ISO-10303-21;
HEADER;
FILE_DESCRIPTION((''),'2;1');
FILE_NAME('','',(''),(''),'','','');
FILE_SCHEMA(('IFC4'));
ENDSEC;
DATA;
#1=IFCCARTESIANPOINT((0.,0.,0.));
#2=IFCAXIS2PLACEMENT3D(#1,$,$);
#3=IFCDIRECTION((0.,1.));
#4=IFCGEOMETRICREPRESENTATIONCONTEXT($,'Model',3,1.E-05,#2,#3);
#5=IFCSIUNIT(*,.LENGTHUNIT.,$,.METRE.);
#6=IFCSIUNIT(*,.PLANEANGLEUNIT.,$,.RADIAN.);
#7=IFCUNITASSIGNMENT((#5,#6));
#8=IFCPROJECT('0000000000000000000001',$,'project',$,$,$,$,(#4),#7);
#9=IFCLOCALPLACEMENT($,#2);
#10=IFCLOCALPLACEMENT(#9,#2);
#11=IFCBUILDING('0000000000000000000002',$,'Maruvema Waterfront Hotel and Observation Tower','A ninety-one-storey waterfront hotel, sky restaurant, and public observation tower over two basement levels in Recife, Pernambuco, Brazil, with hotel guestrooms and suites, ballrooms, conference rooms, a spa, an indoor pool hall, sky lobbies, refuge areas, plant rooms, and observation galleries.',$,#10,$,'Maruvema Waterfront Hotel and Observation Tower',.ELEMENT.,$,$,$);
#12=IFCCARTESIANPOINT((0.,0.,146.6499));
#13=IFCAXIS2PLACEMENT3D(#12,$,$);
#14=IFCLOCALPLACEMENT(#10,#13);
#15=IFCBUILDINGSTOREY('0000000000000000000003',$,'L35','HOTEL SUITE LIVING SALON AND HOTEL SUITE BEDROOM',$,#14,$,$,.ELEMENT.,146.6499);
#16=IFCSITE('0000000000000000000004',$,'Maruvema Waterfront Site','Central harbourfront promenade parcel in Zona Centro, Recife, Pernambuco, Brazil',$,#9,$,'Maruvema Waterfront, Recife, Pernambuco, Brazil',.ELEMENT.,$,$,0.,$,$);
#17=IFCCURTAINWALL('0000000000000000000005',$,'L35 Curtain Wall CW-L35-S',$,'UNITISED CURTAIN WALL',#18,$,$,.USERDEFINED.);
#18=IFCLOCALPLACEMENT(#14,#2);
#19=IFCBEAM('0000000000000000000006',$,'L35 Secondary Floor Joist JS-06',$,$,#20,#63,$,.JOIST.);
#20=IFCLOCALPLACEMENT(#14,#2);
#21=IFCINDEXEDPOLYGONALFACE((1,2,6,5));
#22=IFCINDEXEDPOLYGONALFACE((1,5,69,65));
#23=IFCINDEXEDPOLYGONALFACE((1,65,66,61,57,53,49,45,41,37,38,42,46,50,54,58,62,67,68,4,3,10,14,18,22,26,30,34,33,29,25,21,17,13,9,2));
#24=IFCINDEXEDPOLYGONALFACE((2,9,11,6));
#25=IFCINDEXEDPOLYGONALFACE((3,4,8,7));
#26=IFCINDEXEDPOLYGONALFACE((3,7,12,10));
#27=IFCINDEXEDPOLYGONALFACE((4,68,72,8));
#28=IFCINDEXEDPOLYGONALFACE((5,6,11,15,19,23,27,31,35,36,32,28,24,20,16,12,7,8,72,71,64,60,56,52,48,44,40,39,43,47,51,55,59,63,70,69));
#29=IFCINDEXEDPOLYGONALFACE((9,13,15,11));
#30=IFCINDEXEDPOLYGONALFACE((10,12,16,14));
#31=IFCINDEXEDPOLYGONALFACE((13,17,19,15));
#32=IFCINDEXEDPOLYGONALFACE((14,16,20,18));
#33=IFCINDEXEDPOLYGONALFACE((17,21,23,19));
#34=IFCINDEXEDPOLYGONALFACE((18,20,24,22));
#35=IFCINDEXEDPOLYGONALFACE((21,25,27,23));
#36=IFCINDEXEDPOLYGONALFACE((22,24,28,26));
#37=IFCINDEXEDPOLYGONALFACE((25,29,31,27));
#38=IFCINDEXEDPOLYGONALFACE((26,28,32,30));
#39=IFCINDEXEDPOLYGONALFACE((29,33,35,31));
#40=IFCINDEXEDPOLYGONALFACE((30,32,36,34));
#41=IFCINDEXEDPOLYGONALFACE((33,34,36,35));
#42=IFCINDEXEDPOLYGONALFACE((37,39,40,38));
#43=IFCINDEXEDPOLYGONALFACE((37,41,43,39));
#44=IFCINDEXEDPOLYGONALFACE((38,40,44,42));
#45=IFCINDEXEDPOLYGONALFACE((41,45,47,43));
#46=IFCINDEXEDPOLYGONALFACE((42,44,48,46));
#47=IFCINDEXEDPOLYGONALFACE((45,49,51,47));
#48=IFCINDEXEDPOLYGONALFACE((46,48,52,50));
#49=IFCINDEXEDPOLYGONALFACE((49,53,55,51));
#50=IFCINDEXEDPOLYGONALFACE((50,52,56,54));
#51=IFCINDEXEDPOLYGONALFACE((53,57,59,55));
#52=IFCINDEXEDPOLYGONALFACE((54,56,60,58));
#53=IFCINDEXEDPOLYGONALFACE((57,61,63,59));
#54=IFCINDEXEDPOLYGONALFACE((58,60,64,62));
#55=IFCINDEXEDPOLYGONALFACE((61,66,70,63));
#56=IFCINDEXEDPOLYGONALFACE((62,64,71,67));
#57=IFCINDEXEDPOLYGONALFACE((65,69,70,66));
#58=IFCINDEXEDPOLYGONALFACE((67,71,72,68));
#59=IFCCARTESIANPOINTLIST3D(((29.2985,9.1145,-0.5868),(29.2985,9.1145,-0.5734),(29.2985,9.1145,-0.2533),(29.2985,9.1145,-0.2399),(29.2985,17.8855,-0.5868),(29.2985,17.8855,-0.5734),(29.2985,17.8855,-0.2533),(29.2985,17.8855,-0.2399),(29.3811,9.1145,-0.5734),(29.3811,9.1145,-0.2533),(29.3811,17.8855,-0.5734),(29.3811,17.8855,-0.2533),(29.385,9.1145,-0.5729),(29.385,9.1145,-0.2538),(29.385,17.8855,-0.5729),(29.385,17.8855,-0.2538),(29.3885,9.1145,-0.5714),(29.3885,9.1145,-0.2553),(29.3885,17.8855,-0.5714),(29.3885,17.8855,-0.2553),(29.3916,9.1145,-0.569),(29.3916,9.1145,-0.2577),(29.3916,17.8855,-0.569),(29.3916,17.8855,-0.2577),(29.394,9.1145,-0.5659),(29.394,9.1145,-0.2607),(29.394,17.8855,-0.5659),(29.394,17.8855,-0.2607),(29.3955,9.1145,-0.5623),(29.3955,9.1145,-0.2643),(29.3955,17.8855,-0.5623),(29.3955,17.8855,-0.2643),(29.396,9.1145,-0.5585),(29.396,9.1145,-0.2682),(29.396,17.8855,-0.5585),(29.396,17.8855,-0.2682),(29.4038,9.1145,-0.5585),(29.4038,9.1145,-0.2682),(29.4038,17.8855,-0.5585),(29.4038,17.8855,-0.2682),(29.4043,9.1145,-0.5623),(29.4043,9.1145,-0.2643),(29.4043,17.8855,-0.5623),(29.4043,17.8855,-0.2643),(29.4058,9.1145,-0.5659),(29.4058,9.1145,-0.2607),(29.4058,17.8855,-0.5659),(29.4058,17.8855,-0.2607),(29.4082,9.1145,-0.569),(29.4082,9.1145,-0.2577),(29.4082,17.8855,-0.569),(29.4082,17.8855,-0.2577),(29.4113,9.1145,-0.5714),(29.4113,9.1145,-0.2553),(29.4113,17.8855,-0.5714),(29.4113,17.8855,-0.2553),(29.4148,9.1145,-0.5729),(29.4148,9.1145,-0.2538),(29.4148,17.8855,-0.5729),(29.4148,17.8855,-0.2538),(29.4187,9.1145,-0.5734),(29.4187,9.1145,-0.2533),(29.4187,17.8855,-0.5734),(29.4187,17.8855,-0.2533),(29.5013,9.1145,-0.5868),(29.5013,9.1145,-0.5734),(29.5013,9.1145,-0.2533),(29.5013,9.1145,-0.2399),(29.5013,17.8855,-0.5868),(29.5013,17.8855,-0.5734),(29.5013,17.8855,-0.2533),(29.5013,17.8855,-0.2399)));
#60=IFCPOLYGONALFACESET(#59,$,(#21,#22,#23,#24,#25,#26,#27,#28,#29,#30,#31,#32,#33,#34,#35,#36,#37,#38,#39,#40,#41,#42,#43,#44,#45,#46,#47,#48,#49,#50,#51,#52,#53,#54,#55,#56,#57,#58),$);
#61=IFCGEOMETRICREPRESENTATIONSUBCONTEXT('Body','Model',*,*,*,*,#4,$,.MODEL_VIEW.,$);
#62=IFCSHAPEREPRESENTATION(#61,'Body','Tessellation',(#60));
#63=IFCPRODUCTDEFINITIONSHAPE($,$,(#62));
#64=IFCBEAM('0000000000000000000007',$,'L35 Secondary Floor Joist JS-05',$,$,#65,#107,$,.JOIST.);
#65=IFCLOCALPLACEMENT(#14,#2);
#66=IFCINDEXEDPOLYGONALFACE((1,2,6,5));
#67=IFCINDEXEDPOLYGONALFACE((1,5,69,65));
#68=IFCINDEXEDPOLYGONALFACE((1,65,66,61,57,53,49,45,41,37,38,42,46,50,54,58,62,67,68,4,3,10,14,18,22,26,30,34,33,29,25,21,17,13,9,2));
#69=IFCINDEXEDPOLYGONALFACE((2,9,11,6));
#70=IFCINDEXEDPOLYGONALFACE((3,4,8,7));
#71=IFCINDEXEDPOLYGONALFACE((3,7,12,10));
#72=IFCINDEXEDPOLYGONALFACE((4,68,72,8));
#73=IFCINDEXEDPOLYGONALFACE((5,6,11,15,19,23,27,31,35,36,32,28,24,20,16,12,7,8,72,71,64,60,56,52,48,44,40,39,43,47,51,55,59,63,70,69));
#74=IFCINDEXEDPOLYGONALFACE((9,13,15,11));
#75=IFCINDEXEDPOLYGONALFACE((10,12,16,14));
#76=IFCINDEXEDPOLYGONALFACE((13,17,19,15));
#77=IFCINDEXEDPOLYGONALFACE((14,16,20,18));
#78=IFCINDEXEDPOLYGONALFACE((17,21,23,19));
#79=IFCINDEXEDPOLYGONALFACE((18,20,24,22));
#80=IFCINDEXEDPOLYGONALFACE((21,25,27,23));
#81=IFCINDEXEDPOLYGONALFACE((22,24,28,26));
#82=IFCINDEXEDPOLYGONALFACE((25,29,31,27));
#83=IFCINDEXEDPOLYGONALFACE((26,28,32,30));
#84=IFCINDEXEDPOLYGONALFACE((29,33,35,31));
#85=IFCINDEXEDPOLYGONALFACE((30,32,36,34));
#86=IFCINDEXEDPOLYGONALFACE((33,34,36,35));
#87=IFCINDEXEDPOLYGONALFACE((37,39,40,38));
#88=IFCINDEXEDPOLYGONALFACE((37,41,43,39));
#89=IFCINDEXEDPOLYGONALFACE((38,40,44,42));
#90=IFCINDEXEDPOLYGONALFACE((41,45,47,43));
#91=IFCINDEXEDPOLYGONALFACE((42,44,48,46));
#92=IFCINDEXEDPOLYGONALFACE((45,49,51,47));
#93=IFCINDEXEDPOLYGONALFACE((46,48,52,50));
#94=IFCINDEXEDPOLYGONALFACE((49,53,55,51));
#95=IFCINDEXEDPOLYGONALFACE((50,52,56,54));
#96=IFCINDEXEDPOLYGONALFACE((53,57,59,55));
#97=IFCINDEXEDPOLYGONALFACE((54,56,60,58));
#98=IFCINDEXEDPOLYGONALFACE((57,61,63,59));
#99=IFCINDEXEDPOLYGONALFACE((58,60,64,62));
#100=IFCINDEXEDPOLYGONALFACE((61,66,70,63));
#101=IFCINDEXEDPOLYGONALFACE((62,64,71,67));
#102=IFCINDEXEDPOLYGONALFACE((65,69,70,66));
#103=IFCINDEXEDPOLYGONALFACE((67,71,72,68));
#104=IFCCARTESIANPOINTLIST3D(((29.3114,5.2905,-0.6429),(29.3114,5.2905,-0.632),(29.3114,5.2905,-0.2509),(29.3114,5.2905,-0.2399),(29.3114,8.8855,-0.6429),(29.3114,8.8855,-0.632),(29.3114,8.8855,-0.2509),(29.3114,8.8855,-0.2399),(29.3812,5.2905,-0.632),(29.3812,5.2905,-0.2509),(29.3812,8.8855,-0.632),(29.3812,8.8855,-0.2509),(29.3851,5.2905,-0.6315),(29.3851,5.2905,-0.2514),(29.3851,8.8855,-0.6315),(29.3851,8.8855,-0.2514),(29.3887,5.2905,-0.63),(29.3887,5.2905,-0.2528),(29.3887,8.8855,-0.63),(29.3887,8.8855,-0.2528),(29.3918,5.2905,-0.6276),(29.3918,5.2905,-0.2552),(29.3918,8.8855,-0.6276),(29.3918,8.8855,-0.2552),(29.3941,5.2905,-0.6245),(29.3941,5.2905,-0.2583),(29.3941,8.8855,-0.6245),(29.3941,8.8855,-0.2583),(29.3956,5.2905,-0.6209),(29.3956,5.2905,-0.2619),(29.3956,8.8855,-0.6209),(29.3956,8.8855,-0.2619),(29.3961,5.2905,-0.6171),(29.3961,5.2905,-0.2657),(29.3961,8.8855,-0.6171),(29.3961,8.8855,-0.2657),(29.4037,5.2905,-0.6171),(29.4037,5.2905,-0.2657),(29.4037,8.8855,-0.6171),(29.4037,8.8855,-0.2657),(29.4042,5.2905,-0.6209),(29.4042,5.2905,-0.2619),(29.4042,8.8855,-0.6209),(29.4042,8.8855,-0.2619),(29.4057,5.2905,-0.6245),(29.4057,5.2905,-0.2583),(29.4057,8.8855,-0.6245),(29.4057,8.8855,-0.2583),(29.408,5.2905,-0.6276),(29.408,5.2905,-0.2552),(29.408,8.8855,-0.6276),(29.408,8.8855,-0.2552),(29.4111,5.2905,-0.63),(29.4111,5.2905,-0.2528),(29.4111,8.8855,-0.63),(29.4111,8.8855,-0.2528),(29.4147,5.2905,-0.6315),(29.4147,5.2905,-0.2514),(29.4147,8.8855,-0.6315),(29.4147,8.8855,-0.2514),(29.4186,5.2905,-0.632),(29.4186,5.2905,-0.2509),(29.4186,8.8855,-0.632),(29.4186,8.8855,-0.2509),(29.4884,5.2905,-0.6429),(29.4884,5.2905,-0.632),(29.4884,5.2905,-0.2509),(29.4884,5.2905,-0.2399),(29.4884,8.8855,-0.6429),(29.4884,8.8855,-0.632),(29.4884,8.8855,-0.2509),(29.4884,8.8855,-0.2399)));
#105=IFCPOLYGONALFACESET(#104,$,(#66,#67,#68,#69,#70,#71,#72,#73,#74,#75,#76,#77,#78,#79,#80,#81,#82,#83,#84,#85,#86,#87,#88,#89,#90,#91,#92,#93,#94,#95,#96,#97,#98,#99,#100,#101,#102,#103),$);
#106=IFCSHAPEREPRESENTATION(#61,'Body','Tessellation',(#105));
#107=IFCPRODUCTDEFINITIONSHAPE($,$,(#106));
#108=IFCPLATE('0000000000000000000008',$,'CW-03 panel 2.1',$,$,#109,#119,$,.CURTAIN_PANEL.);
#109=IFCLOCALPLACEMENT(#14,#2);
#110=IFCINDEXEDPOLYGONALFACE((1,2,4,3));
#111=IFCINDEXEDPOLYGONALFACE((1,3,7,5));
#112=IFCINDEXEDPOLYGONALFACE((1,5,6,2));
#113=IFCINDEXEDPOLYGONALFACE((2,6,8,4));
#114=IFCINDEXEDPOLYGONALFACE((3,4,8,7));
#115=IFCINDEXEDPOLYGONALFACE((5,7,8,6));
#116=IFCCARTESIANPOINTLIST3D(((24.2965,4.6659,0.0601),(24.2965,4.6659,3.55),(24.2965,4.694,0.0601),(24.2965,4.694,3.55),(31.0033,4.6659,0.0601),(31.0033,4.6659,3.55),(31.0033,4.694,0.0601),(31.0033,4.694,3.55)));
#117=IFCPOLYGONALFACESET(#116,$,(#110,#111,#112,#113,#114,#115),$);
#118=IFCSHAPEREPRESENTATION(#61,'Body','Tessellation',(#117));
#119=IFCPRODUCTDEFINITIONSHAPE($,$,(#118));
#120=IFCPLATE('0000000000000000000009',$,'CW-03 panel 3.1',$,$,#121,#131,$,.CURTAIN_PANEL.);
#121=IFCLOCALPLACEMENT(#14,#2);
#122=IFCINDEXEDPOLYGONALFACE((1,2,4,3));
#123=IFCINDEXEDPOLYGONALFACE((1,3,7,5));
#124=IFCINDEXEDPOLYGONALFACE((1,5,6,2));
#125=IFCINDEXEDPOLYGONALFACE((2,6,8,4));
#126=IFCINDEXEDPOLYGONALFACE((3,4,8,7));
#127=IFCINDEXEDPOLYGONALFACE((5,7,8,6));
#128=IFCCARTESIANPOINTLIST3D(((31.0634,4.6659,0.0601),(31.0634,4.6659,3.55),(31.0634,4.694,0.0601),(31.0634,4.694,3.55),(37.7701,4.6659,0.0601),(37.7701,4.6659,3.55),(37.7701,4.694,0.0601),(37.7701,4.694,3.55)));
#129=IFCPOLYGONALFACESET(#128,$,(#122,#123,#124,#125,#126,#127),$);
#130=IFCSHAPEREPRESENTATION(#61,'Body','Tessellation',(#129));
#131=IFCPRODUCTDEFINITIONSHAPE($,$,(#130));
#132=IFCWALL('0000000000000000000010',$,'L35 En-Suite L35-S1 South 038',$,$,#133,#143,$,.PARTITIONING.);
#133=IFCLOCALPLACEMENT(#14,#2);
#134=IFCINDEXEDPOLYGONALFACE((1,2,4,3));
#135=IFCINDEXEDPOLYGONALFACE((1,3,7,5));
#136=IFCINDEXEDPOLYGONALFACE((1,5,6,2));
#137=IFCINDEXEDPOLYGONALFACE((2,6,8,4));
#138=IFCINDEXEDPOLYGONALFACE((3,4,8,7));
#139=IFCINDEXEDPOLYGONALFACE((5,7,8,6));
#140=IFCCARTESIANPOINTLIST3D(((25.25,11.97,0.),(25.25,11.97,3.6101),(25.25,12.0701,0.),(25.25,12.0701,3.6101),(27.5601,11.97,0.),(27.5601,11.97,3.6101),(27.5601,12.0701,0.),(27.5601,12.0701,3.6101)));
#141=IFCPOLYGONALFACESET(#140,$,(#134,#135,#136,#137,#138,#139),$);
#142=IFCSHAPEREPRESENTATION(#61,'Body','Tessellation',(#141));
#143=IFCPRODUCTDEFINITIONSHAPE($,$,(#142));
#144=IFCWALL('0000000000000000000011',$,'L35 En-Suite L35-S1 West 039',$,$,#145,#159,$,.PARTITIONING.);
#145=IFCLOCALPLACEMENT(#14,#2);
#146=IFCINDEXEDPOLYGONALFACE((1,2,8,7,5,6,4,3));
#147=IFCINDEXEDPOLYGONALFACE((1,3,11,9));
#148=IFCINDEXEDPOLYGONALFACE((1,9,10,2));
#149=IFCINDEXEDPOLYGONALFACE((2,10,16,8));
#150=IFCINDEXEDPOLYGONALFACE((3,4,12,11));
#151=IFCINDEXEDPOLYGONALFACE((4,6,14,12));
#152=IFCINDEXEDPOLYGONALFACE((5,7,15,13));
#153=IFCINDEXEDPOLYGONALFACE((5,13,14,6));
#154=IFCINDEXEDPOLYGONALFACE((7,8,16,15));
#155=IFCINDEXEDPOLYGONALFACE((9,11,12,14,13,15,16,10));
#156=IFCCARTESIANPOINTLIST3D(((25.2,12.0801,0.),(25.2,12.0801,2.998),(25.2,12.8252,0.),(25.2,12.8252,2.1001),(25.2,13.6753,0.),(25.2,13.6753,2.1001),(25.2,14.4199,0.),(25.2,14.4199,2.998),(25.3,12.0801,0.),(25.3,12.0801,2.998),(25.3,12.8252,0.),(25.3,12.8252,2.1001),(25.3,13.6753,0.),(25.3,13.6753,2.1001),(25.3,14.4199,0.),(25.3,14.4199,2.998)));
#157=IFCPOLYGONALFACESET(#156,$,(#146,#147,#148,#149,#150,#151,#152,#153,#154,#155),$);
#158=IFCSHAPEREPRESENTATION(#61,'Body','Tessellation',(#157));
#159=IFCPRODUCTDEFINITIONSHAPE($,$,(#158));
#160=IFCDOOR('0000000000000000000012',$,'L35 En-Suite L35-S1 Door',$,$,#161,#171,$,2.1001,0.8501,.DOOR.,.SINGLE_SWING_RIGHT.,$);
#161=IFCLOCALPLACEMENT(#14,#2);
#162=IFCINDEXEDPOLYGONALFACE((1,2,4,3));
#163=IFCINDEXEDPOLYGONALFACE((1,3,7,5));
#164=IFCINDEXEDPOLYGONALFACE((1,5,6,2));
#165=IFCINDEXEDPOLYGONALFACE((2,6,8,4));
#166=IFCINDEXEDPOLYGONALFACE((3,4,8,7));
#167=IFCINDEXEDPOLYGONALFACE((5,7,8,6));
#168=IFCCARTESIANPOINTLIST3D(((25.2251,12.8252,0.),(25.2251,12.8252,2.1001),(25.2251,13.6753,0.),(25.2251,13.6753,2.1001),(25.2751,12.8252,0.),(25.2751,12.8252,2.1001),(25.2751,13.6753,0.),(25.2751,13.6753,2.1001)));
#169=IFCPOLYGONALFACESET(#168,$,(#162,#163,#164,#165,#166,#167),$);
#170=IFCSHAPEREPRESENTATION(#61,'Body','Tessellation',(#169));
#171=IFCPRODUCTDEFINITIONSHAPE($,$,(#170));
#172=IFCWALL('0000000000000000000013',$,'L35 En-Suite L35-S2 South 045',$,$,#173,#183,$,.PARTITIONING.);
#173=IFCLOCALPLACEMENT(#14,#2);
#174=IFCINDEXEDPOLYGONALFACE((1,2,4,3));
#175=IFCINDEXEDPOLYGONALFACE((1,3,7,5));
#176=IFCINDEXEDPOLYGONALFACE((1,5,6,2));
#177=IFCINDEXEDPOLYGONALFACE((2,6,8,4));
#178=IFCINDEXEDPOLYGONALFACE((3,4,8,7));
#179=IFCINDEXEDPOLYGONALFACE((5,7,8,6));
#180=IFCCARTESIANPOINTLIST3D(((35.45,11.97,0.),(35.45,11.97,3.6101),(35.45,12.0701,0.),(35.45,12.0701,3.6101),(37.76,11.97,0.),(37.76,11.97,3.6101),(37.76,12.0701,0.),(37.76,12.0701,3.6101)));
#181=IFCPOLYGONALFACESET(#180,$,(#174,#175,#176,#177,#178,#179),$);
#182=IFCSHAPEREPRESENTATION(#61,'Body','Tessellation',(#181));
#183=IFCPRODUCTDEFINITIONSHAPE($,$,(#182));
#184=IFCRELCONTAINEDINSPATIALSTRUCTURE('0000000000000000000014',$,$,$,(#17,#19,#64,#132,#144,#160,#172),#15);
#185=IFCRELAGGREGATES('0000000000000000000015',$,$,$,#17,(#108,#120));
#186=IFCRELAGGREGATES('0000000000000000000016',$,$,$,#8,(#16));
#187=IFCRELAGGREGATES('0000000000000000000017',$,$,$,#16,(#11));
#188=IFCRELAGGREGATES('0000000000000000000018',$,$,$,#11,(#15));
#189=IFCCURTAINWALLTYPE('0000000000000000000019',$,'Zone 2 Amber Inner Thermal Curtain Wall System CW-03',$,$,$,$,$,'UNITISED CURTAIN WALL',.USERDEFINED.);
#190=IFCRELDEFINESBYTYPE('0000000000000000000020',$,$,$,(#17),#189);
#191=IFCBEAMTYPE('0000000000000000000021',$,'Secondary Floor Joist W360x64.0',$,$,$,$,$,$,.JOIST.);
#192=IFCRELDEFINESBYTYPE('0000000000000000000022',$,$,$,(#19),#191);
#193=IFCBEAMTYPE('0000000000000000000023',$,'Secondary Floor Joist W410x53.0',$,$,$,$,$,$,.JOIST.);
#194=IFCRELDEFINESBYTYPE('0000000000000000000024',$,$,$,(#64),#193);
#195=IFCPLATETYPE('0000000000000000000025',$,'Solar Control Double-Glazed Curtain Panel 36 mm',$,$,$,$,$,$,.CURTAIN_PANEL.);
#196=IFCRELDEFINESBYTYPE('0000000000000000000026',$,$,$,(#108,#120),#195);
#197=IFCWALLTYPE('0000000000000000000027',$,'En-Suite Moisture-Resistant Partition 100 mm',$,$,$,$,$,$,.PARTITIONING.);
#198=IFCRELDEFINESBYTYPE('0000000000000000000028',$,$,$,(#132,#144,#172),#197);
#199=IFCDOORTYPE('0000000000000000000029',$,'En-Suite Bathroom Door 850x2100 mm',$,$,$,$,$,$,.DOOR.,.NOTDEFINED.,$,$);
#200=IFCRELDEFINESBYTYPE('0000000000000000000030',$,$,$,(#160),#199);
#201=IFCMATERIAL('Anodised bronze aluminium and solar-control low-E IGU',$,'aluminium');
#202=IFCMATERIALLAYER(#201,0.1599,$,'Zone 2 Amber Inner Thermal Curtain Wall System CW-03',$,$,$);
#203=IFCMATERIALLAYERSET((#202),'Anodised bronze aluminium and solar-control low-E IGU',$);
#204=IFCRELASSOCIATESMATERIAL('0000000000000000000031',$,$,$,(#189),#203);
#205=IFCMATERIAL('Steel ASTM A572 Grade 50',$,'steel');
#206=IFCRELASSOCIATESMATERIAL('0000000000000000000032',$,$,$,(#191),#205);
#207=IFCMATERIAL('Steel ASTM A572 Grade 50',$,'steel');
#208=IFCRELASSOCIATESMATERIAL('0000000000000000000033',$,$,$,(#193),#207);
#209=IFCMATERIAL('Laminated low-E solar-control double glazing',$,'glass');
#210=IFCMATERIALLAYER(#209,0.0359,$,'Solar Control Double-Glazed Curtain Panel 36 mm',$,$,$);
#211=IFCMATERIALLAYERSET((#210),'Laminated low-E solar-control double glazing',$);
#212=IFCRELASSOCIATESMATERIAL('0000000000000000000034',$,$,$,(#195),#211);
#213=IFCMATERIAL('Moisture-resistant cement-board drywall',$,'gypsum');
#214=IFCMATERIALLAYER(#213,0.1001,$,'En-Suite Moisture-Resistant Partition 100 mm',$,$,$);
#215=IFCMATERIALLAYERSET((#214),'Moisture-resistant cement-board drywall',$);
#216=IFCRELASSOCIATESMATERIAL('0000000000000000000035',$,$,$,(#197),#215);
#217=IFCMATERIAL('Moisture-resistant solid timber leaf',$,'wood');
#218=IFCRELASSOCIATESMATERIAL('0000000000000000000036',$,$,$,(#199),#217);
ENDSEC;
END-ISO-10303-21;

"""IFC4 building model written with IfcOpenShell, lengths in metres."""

from ifc_helpers import new_model, si_unit, direction, frame, frame_2d, origin, origin_2d, place, context, subcontext, project, spatial, rectangle, i_section, extrude, material, layer, layer_set, material_profile, profile_set, type_object, element, fill, aggregate, save


model = new_model("IFC4")

# Units and contexts
model_context = context("Model", 3, precision=1e-05, world=origin(), true_north=direction((0.0, 1.0)))
body_context = subcontext(model_context, "Body", "Model", "MODEL_VIEW")
ifc_project = project(units=[si_unit("LENGTHUNIT", "METRE"), si_unit("PLANEANGLEUNIT", "RADIAN")], contexts=[model_context])

# Site, building, storey
site_placement = place(None, origin())
site = spatial("IfcSite", under=ifc_project, at=site_placement, Name="Maruvema Waterfront Site", Description="Central harbourfront promenade parcel in Zona Centro, Recife, Pernambuco, Brazil", LongName="Maruvema Waterfront, Recife, Pernambuco, Brazil", CompositionType="ELEMENT", RefElevation=0.0)
building_placement = place(site_placement, origin())
building = spatial("IfcBuilding", under=site, at=building_placement, Name="Maruvema Waterfront Hotel and Observation Tower", Description="A ninety-one-storey waterfront hotel, sky restaurant, and public observation tower over two basement levels in Recife, Pernambuco, Brazil, with hotel guestrooms and suites, ballrooms, conference rooms, a spa, an indoor pool hall, sky lobbies, refuge areas, plant rooms, and observation galleries.", LongName="Maruvema Waterfront Hotel and Observation Tower", CompositionType="ELEMENT")
storey_placement = place(building_placement, frame((0.0, 0.0, 146.6499)))
storey = spatial("IfcBuildingStorey", under=building, at=storey_placement, Name="L35", Description="HOTEL SUITE LIVING SALON AND HOTEL SUITE BEDROOM", CompositionType="ELEMENT", Elevation=146.6499)

# Curtain wall
ifc_material_1 = material(Name="Anodised bronze aluminium and solar-control low-E IGU", Category="aluminium")
ifc_layer_1 = layer(ifc_material_1, 0.1599, Name="Zone 2 Amber Inner Thermal Curtain Wall System CW-03")
ifc_layer_set_1 = layer_set([ifc_layer_1], Name="Anodised bronze aluminium and solar-control low-E IGU")
curtain_wall_type = type_object("IfcCurtainWallType", Name="Zone 2 Amber Inner Thermal Curtain Wall System CW-03", ElementType="UNITISED CURTAIN WALL", PredefinedType="USERDEFINED", material=ifc_layer_set_1)
curtain_wall_placement = place(storey_placement, origin())
curtain_wall = element("IfcCurtainWall", 1, at=curtain_wall_placement, inside=storey, type_object=curtain_wall_type, Name="L35 Curtain Wall CW-L35-S", ObjectType="UNITISED CURTAIN WALL", PredefinedType="USERDEFINED")

# Beams
ifc_material_2 = material(Name="Steel ASTM A572 Grade 50", Category="steel")
ifc_material_profile_1 = material_profile(ifc_material_2, i_section(OverallWidth=0.2029, OverallDepth=0.3469, WebThickness=0.0078, FlangeThickness=0.0134, FilletRadius=0.0149, at=origin_2d()), Name="W360x64.0")
ifc_profile_set_1 = profile_set([ifc_material_profile_1], Name="Steel ASTM A572 Grade 50")
beam_type_1 = type_object("IfcBeamType", Name="Secondary Floor Joist W360x64.0", PredefinedType="JOIST", material=ifc_profile_set_1)
beam_1_placement = place(storey_placement, frame((29.3999, 9.1145, -0.4133), z_axis=(0.0, 1.0, 0.0), x_axis=(-1.0, 0.0, 0.0)))
element("IfcBeam", 2, at=beam_1_placement, inside=storey, type_object=beam_type_1, Name="L35 Secondary Floor Joist JS-06", PredefinedType="JOIST", context=body_context, shape_type="SweptSolid", body=[
    extrude(i_section(OverallWidth=0.2029, OverallDepth=0.3469, WebThickness=0.0078, FlangeThickness=0.0134, FilletRadius=0.0149, at=origin_2d()), origin(), (0.0, 0.0, 1.0), 8.771),
])
ifc_material_3 = material(Name="Steel ASTM A572 Grade 50", Category="steel")
ifc_material_profile_2 = material_profile(ifc_material_3, i_section(OverallWidth=0.177, OverallDepth=0.4031, WebThickness=0.0076, FlangeThickness=0.011, FilletRadius=0.0149, at=origin_2d()), Name="W410x53.0")
ifc_profile_set_2 = profile_set([ifc_material_profile_2], Name="Steel ASTM A572 Grade 50")
beam_type_2 = type_object("IfcBeamType", Name="Secondary Floor Joist W410x53.0", PredefinedType="JOIST", material=ifc_profile_set_2)
beam_2_placement = place(storey_placement, frame((29.3999, 5.2905, -0.4414), z_axis=(0.0, 1.0, 0.0), x_axis=(-1.0, 0.0, 0.0)))
element("IfcBeam", 3, at=beam_2_placement, inside=storey, type_object=beam_type_2, Name="L35 Secondary Floor Joist JS-05", PredefinedType="JOIST", context=body_context, shape_type="SweptSolid", body=[
    extrude(i_section(OverallWidth=0.177, OverallDepth=0.4031, WebThickness=0.0076, FlangeThickness=0.011, FilletRadius=0.0149, at=origin_2d()), origin(), (0.0, 0.0, 1.0), 3.595),
])

# Plates
ifc_material_4 = material(Name="Laminated low-E solar-control double glazing", Category="glass")
ifc_layer_2 = layer(ifc_material_4, 0.0359, Name="Solar Control Double-Glazed Curtain Panel 36 mm")
ifc_layer_set_2 = layer_set([ifc_layer_2], Name="Laminated low-E solar-control double glazing")
plate_type = type_object("IfcPlateType", Name="Solar Control Double-Glazed Curtain Panel 36 mm", PredefinedType="CURTAIN_PANEL", material=ifc_layer_set_2)
plate_1_placement = place(storey_placement, frame((27.6499, 4.6799, 0.0601), z_axis=(0.0, 0.0, 1.0), x_axis=(1.0, 0.0, 0.0)))
plate_1 = element("IfcPlate", 4, at=plate_1_placement, type_object=plate_type, Name="CW-03 panel 2.1", PredefinedType="CURTAIN_PANEL", context=body_context, shape_type="SweptSolid", body=[
    extrude(rectangle(XDim=6.7068, YDim=0.0281, at=origin_2d()), origin(), (0.0, 0.0, 1.0), 3.49),
])
plate_2_placement = place(storey_placement, frame((34.4167, 4.6799, 0.0601), z_axis=(0.0, 0.0, 1.0), x_axis=(1.0, 0.0, 0.0)))
plate_2 = element("IfcPlate", 5, at=plate_2_placement, type_object=plate_type, Name="CW-03 panel 3.1", PredefinedType="CURTAIN_PANEL", context=body_context, shape_type="SweptSolid", body=[
    extrude(rectangle(XDim=6.7068, YDim=0.0281, at=origin_2d()), origin(), (0.0, 0.0, 1.0), 3.49),
])
aggregate(curtain_wall, [plate_1, plate_2])

# Wall
ifc_material_5 = material(Name="Moisture-resistant cement-board drywall", Category="gypsum")
ifc_layer_3 = layer(ifc_material_5, 0.1001, Name="En-Suite Moisture-Resistant Partition 100 mm")
ifc_layer_set_3 = layer_set([ifc_layer_3], Name="Moisture-resistant cement-board drywall")
wall_type_1 = type_object("IfcWallType", Name="En-Suite Moisture-Resistant Partition 100 mm", PredefinedType="PARTITIONING", material=ifc_layer_set_3)
wall_1_placement = place(storey_placement, frame((25.25, 12.02, 0.0), z_axis=(0.0, 0.0, 1.0), x_axis=(1.0, 0.0, 0.0)))
element("IfcWall", 6, at=wall_1_placement, inside=storey, type_object=wall_type_1, Name="L35 En-Suite L35-S1 South 038", PredefinedType="PARTITIONING", context=body_context, shape_type="SweptSolid", body=[
    extrude(rectangle(XDim=2.3101, YDim=0.1001, at=frame_2d((1.155, 0.0))), origin(), (0.0, 0.0, 1.0), 3.6101),
])

# Wall, opening, door
wall_2_placement = place(storey_placement, frame((25.25, 12.0801, 0.0), z_axis=(0.0, 0.0, 1.0), x_axis=(0.0, 1.0, 0.0)))
wall_2 = element("IfcWall", 7, at=wall_2_placement, inside=storey, type_object=wall_type_1, Name="L35 En-Suite L35-S1 West 039", PredefinedType="PARTITIONING", context=body_context, shape_type="SweptSolid", body=[
    extrude(rectangle(XDim=2.3398, YDim=0.1001, at=frame_2d((1.1699, 0.0))), origin(), (0.0, 0.0, 1.0), 2.998),
])
opening_1_placement = place(wall_2_placement, frame((0.7451, 0.0, 0.0)))
opening_1 = element("IfcOpeningElement", 8, at=opening_1_placement, cuts=wall_2, PredefinedType="OPENING", context=body_context, shape_type="SweptSolid", body=[
    extrude(rectangle(XDim=0.8501, YDim=2.1001, at=frame_2d((0.425, 1.05))), frame((0.0, 0.0601, 0.0), z_axis=(0.0, -1.0, 0.0), x_axis=(1.0, 0.0, 0.0)), (0.0, 0.0, 1.0), 0.1201),
])
ifc_material_6 = material(Name="Moisture-resistant solid timber leaf", Category="wood")
door_type_1 = type_object("IfcDoorType", Name="En-Suite Bathroom Door 850x2100 mm", OperationType="NOTDEFINED", PredefinedType="DOOR", material=ifc_material_6)
door_1_placement = place(opening_1_placement, origin())
door_1 = element("IfcDoor", 9, at=door_1_placement, inside=storey, type_object=door_type_1, Name="L35 En-Suite L35-S1 Door", OperationType="SINGLE_SWING_RIGHT", OverallHeight=2.1001, OverallWidth=0.8501, PredefinedType="DOOR", context=body_context, shape_type="SweptSolid", body=[
    extrude(rectangle(XDim=0.8501, YDim=2.1001, at=frame_2d((0.425, 1.05))), frame((0.0, 0.0249, 0.0), z_axis=(0.0, -1.0, 0.0), x_axis=(1.0, 0.0, 0.0)), (0.0, 0.0, 1.0), 0.05),
])
fill(opening_1, door_1)

# Wall
wall_3_placement = place(storey_placement, frame((35.45, 12.02, 0.0), z_axis=(0.0, 0.0, 1.0), x_axis=(1.0, 0.0, 0.0)))
element("IfcWall", 10, at=wall_3_placement, inside=storey, type_object=wall_type_1, Name="L35 En-Suite L35-S2 South 045", PredefinedType="PARTITIONING", context=body_context, shape_type="SweptSolid", body=[
    extrude(rectangle(XDim=2.3101, YDim=0.1001, at=frame_2d((1.155, 0.0))), origin(), (0.0, 0.0, 1.0), 3.6101),
])

save(model, "model.ifc")
